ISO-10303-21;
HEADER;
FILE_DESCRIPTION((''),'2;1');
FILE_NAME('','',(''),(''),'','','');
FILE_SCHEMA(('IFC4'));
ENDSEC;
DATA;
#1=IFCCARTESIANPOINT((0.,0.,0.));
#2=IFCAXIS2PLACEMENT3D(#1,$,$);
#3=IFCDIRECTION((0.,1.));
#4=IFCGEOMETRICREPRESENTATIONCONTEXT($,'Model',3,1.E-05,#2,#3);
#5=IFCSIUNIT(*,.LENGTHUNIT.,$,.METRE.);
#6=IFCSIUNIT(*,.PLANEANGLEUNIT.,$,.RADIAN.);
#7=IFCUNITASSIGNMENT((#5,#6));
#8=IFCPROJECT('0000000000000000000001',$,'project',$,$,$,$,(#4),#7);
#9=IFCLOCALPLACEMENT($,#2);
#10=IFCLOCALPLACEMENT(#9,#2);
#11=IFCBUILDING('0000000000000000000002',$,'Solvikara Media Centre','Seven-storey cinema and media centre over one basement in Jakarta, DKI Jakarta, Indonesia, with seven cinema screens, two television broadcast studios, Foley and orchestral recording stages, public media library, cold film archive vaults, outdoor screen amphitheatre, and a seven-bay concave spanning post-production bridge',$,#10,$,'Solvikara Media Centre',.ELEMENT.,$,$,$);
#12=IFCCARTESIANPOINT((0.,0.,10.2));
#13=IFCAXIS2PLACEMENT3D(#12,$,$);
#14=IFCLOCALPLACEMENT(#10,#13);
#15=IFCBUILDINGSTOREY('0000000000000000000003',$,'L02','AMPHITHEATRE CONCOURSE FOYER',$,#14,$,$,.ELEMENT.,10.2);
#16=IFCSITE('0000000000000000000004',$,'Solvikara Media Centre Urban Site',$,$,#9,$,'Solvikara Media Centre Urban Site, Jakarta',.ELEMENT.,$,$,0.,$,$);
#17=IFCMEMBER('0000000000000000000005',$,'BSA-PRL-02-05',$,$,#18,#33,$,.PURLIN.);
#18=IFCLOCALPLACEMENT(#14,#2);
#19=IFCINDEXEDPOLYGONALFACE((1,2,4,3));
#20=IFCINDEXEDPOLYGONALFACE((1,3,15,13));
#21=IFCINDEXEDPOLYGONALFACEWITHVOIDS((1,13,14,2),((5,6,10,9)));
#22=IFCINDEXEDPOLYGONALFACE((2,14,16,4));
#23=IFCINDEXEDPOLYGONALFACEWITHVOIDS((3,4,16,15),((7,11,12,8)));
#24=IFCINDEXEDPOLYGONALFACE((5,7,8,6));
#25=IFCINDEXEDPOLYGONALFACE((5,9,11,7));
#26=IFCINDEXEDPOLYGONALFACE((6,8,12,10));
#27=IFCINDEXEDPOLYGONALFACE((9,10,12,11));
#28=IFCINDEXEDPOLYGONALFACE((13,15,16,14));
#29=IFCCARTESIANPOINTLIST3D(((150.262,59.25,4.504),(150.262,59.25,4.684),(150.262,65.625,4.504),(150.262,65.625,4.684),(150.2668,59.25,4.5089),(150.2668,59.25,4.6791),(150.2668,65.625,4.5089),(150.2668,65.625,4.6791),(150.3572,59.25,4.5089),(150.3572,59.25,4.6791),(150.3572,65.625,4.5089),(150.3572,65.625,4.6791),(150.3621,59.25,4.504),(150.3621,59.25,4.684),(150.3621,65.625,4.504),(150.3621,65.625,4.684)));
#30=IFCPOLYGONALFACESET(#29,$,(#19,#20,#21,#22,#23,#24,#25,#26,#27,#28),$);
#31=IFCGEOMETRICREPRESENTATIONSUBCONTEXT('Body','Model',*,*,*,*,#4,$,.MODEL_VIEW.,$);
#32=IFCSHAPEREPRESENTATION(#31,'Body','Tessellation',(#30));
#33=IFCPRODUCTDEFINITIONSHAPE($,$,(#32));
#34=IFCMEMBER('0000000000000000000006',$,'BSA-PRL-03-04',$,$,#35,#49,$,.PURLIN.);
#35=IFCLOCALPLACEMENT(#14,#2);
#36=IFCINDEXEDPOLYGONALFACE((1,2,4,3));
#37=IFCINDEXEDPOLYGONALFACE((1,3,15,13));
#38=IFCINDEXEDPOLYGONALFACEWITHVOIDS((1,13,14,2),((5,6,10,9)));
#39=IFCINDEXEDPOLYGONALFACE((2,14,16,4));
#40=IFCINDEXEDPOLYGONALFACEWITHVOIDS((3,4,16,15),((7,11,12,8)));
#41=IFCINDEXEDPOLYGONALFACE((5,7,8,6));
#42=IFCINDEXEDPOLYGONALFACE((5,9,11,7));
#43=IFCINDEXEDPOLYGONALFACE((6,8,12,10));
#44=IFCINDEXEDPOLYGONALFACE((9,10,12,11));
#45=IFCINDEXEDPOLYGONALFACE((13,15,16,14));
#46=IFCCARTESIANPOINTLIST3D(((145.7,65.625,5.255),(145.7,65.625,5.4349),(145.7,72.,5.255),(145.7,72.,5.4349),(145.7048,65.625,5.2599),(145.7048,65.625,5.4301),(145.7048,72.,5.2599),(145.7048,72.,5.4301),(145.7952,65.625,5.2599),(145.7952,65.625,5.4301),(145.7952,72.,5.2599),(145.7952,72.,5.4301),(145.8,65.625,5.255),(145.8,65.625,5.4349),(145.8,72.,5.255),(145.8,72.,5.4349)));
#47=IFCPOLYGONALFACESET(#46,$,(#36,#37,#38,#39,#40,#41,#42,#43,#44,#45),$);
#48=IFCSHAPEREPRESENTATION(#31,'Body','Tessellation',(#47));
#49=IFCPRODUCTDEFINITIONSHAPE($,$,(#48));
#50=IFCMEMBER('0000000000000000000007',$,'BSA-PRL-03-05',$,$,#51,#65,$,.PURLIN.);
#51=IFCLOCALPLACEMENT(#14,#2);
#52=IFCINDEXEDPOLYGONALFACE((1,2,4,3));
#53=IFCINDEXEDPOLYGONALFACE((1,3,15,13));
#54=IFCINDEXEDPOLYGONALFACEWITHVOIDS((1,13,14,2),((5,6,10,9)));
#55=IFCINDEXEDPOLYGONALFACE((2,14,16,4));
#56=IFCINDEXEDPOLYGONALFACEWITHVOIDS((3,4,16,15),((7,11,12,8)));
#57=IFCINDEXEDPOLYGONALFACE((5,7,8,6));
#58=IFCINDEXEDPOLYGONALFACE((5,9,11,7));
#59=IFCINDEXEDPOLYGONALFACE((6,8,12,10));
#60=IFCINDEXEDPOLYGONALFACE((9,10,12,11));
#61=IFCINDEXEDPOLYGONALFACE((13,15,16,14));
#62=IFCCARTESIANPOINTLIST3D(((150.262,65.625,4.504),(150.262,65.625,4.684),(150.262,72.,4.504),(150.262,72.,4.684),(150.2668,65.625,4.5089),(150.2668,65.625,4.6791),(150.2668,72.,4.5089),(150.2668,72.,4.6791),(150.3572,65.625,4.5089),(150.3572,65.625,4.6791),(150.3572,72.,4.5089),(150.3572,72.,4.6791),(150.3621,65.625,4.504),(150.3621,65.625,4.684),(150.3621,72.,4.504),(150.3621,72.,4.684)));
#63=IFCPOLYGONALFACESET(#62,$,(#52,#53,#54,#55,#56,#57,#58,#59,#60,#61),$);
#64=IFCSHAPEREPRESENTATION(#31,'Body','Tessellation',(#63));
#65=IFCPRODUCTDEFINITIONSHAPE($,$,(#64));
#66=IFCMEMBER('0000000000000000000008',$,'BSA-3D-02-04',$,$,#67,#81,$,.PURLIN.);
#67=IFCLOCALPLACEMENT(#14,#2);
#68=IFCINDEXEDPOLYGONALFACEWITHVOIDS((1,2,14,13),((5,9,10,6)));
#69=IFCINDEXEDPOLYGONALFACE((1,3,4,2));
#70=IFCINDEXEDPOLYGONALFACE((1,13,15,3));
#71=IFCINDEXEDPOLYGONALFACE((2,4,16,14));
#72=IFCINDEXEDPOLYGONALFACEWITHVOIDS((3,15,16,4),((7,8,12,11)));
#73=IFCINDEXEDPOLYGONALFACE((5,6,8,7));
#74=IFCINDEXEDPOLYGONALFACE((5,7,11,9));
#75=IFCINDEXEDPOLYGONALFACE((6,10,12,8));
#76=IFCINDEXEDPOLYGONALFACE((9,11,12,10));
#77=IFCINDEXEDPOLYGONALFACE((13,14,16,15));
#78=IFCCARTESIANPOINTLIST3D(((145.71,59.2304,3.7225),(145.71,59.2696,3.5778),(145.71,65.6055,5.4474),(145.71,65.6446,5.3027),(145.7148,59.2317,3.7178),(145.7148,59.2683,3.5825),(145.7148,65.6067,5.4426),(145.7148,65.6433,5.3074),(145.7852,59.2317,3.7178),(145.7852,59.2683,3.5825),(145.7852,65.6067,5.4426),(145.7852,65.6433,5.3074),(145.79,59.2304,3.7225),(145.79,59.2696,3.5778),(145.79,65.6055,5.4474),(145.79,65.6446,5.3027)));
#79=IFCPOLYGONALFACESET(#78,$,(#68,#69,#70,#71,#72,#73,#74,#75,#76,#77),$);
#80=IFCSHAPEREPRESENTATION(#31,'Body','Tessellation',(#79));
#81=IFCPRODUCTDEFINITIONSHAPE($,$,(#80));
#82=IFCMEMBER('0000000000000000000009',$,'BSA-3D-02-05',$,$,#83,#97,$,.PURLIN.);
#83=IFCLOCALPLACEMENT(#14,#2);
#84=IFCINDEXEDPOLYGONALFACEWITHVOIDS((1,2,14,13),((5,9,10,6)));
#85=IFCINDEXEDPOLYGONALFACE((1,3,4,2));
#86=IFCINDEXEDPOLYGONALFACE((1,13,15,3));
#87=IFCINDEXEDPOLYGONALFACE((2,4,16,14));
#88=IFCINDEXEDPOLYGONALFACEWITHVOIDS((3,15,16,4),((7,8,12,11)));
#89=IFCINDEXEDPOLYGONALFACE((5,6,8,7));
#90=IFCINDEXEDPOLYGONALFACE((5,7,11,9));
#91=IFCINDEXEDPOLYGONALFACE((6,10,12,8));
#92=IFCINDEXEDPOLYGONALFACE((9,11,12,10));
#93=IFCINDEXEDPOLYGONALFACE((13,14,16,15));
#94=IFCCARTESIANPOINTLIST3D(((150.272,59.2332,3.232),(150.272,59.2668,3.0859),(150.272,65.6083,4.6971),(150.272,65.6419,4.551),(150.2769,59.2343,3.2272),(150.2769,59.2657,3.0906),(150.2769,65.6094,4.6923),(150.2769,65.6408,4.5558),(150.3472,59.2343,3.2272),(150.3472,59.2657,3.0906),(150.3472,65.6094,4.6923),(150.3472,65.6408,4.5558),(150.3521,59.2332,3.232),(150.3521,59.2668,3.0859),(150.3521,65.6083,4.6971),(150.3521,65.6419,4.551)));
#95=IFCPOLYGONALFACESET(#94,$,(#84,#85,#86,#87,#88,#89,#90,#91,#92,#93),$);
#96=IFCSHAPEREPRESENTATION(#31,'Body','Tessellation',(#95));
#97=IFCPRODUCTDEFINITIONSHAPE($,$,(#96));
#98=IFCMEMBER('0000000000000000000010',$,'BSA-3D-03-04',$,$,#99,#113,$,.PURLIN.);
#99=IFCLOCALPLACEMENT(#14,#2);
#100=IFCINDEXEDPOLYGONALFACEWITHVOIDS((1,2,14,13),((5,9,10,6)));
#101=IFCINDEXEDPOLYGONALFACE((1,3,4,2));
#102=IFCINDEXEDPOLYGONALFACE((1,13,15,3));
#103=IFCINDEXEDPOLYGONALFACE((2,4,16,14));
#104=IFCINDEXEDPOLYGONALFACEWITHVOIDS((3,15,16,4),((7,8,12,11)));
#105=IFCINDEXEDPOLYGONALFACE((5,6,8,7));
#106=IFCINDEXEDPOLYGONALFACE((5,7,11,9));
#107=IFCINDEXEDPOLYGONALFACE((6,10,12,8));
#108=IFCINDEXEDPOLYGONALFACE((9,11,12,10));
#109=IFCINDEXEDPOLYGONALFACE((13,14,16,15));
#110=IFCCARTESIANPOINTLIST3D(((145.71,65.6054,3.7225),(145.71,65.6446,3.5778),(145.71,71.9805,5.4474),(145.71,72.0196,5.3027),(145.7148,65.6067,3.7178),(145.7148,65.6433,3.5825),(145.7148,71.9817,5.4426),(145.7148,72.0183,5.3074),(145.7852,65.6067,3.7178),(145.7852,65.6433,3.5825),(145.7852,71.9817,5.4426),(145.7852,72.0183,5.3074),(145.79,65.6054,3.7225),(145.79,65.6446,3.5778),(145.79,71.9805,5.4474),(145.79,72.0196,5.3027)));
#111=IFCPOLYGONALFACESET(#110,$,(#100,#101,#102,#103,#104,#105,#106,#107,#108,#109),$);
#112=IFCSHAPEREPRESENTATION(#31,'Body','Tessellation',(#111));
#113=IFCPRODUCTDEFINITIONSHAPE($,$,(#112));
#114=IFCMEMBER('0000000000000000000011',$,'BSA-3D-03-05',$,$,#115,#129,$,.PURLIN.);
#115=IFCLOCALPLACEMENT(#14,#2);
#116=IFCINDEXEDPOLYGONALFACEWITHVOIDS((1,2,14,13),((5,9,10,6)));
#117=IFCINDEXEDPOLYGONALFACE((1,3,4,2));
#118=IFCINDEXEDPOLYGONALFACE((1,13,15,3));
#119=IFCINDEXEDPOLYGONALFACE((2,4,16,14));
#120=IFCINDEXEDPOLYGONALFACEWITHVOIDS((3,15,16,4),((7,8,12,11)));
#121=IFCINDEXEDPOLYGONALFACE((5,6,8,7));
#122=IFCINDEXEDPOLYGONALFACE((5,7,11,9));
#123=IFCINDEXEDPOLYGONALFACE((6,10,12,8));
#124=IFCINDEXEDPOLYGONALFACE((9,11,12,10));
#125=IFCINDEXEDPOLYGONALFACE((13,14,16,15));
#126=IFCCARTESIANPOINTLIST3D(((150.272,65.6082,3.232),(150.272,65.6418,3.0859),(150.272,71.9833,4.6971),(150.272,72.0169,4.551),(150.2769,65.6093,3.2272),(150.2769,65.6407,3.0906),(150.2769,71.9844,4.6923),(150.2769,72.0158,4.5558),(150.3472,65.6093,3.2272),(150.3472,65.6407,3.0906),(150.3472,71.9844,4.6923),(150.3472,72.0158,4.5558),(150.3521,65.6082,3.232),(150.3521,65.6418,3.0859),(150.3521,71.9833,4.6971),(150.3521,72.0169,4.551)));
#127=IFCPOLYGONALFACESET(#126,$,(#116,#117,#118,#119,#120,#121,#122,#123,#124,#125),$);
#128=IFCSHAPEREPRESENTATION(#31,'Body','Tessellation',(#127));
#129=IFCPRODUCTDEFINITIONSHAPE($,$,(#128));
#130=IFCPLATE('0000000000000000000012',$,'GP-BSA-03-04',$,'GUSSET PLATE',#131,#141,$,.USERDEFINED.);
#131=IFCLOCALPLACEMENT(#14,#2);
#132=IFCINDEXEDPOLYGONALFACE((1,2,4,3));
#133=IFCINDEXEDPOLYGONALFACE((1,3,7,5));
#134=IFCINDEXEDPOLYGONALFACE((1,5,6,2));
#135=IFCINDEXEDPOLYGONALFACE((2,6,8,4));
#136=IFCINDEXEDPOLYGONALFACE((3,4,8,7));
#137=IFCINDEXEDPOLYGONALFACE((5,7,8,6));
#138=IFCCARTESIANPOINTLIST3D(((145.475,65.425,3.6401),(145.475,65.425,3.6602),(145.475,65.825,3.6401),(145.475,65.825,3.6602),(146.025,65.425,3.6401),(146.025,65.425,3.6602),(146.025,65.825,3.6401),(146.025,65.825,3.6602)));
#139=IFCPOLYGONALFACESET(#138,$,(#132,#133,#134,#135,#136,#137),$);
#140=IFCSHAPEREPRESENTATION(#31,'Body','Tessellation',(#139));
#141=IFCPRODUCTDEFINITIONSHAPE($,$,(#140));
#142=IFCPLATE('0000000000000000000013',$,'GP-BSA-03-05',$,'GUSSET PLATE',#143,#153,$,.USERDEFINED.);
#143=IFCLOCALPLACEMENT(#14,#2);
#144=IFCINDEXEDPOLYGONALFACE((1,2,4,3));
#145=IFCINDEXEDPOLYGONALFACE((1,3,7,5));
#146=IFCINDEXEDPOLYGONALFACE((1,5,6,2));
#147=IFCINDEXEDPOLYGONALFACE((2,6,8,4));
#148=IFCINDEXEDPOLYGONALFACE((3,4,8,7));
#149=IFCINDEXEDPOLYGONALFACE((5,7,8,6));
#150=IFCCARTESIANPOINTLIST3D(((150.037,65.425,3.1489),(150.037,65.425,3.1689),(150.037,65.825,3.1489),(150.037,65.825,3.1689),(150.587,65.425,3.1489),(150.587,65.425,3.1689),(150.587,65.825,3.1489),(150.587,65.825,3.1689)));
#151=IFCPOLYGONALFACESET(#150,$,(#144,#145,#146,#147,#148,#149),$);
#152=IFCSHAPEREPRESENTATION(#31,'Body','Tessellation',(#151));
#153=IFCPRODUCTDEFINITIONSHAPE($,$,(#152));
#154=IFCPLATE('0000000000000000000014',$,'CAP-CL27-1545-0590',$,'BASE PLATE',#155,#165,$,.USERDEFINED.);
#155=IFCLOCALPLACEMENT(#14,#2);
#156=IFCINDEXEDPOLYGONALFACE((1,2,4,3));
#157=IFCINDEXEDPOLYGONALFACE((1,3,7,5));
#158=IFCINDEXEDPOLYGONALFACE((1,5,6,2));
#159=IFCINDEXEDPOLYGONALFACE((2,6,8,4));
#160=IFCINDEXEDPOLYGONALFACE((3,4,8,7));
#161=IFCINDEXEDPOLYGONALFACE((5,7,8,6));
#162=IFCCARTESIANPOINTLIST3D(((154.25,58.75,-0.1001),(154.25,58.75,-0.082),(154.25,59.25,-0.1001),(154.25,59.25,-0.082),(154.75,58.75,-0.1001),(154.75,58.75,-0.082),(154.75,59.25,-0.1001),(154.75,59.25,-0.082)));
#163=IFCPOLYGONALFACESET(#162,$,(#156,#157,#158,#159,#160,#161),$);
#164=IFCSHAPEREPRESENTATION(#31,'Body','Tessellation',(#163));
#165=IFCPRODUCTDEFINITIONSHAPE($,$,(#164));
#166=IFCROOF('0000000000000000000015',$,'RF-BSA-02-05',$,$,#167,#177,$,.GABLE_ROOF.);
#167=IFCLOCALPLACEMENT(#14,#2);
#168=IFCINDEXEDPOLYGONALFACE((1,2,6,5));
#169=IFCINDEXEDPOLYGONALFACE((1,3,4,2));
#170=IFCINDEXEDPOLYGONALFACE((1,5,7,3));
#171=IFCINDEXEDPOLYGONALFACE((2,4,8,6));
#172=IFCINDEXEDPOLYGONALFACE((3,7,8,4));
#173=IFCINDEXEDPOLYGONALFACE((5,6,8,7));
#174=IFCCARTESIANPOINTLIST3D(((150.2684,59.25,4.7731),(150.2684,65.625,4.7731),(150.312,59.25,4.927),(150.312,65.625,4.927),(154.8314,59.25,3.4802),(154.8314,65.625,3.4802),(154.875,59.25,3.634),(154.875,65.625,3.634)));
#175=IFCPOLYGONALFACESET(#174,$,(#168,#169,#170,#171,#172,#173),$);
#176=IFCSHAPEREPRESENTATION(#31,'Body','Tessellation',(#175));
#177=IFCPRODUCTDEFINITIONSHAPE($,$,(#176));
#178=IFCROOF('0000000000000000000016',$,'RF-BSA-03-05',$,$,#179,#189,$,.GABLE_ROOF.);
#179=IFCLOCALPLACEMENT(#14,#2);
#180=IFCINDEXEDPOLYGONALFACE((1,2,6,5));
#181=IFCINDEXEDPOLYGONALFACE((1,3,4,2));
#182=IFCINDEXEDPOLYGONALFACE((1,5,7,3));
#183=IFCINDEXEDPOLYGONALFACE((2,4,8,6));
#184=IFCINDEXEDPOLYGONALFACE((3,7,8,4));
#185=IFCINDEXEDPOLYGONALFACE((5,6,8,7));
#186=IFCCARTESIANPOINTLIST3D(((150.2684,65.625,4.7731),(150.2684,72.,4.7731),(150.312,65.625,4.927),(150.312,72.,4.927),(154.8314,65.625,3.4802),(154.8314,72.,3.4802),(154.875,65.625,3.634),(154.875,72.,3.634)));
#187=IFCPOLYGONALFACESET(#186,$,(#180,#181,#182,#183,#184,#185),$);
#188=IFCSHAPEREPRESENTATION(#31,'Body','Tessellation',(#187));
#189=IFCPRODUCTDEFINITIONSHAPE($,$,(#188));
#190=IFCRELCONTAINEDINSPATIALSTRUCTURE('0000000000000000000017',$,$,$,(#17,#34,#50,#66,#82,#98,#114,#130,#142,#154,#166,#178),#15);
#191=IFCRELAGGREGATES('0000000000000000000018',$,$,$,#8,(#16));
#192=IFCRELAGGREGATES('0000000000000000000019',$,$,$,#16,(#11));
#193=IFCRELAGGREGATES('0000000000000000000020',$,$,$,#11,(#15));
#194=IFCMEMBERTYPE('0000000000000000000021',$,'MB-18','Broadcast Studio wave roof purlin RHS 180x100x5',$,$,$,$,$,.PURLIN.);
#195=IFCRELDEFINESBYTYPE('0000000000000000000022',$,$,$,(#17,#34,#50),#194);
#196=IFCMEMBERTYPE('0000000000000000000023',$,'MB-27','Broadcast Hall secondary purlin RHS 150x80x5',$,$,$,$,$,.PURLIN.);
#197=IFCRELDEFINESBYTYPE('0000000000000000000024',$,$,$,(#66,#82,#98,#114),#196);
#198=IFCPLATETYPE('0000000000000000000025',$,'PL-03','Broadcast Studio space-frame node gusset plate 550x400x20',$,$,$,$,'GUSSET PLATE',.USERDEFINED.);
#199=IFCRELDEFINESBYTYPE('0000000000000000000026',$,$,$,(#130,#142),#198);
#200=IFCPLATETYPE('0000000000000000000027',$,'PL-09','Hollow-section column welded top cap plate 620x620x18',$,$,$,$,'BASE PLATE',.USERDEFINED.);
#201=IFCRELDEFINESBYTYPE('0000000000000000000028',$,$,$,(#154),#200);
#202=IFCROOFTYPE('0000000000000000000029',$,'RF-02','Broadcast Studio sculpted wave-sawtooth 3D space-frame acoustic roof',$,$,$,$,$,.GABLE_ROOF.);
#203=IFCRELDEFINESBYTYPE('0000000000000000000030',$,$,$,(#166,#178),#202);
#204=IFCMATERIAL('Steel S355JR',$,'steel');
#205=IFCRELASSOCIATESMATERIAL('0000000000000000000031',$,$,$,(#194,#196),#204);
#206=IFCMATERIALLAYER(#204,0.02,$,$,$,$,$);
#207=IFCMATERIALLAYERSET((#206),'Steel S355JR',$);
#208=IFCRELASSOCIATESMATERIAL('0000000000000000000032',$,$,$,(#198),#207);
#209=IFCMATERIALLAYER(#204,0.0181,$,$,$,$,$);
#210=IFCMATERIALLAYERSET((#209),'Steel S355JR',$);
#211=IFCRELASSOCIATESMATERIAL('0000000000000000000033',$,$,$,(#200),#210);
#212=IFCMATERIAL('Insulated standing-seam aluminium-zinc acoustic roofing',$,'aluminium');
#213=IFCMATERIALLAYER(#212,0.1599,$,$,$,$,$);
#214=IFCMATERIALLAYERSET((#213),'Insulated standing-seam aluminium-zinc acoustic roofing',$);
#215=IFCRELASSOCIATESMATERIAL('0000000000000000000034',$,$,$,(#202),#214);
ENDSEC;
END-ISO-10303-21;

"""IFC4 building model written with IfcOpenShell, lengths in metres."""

from ifc_helpers import new_model, si_unit, direction, frame, origin, origin_2d, place, context, subcontext, project, spatial, polyline, rectangle, hollow_rectangle, outline, extrude, material, layer, layer_set, material_profile, profile_set, type_object, element, save


model = new_model("IFC4")

# Units and contexts
model_context = context("Model", 3, precision=1e-05, world=origin(), true_north=direction((0.0, 1.0)))
body_context = subcontext(model_context, "Body", "Model", "MODEL_VIEW")
ifc_project = project(units=[si_unit("LENGTHUNIT", "METRE"), si_unit("PLANEANGLEUNIT", "RADIAN")], contexts=[model_context])

# Site, building, storey
site_placement = place(None, origin())
site = spatial("IfcSite", under=ifc_project, at=site_placement, Name="Solvikara Media Centre Urban Site", LongName="Solvikara Media Centre Urban Site, Jakarta", CompositionType="ELEMENT", RefElevation=0.0)
building_placement = place(site_placement, origin())
building = spatial("IfcBuilding", under=site, at=building_placement, Name="Solvikara Media Centre", Description="Seven-storey cinema and media centre over one basement in Jakarta, DKI Jakarta, Indonesia, with seven cinema screens, two television broadcast studios, Foley and orchestral recording stages, public media library, cold film archive vaults, outdoor screen amphitheatre, and a seven-bay concave spanning post-production bridge", LongName="Solvikara Media Centre", CompositionType="ELEMENT")
storey_placement = place(building_placement, frame((0.0, 0.0, 10.2)))
storey = spatial("IfcBuildingStorey", under=building, at=storey_placement, Name="L02", Description="AMPHITHEATRE CONCOURSE FOYER", CompositionType="ELEMENT", Elevation=10.2)

# Members
ifc_material_1 = material(Name="Steel S355JR", Category="steel")
ifc_material_profile_1 = material_profile(ifc_material_1, hollow_rectangle(XDim=0.1001, YDim=0.1799, WallThickness=0.0049, at=origin_2d()), Name="RHS 180x100x5")
ifc_profile_set_1 = profile_set([ifc_material_profile_1], Name="Steel S355JR")
member_type_1 = type_object("IfcMemberType", Name="MB-18", Description="Broadcast Studio wave roof purlin RHS 180x100x5", PredefinedType="PURLIN", material=ifc_profile_set_1)
for number, where, z_axis, x_axis, name in (
    (1, (150.312, 59.25, 4.594), (0.0, 1.0, 0.0), (-1.0, 0.0, 0.0), "BSA-PRL-02-05"),
    (2, (145.75, 65.625, 5.345), (0.0, 1.0, 0.0), (-1.0, 0.0, 0.0), "BSA-PRL-03-04"),
    (3, (150.312, 65.625, 4.594), (0.0, 1.0, 0.0), (-1.0, 0.0, 0.0), "BSA-PRL-03-05"),
):
    element("IfcMember", number, at=place(storey_placement, frame(where, z_axis=z_axis, x_axis=x_axis)), inside=storey, type_object=member_type_1, Name=name, PredefinedType="PURLIN", context=body_context, shape_type="SweptSolid", body=[
        extrude(hollow_rectangle(XDim=0.1001, YDim=0.1799, WallThickness=0.0049, at=origin_2d()), origin(), (0.0, 0.0, 1.0), 6.375),
    ])
ifc_material_profile_2 = material_profile(ifc_material_1, hollow_rectangle(XDim=0.0801, YDim=0.1499, WallThickness=0.0049, at=origin_2d()), Name="RHS 150x80x5")
ifc_profile_set_2 = profile_set([ifc_material_profile_2], Name="Steel S355JR")
member_type_2 = type_object("IfcMemberType", Name="MB-27", Description="Broadcast Hall secondary purlin RHS 150x80x5", PredefinedType="PURLIN", material=ifc_profile_set_2)
member_1_placement = place(storey_placement, frame((145.75, 59.25, 3.6501), z_axis=(0.0, 0.965292, 0.261174), x_axis=(-1.0, 0.0, 0.0)))
element("IfcMember", 4, at=member_1_placement, inside=storey, type_object=member_type_2, Name="BSA-3D-02-04", PredefinedType="PURLIN", context=body_context, shape_type="SweptSolid", body=[
    extrude(hollow_rectangle(XDim=0.0801, YDim=0.1499, WallThickness=0.0049, at=origin_2d()), origin(), (0.0, 0.0, 1.0), 6.6042),
])
member_2_placement = place(storey_placement, frame((150.312, 59.25, 3.1589), z_axis=(0.0, 0.974594, 0.223979), x_axis=(-1.0, 0.0, 0.0)))
element("IfcMember", 5, at=member_2_placement, inside=storey, type_object=member_type_2, Name="BSA-3D-02-05", PredefinedType="PURLIN", context=body_context, shape_type="SweptSolid", body=[
    extrude(hollow_rectangle(XDim=0.0801, YDim=0.1499, WallThickness=0.0049, at=origin_2d()), origin(), (0.0, 0.0, 1.0), 6.5413),
])
member_3_placement = place(storey_placement, frame((145.75, 65.625, 3.6501), z_axis=(0.0, 0.965292, 0.261174), x_axis=(-1.0, 0.0, 0.0)))
element("IfcMember", 6, at=member_3_placement, inside=storey, type_object=member_type_2, Name="BSA-3D-03-04", PredefinedType="PURLIN", context=body_context, shape_type="SweptSolid", body=[
    extrude(hollow_rectangle(XDim=0.0801, YDim=0.1499, WallThickness=0.0049, at=origin_2d()), origin(), (0.0, 0.0, 1.0), 6.6042),
])
member_4_placement = place(storey_placement, frame((150.312, 65.625, 3.1589), z_axis=(0.0, 0.974594, 0.223979), x_axis=(-1.0, 0.0, 0.0)))
element("IfcMember", 7, at=member_4_placement, inside=storey, type_object=member_type_2, Name="BSA-3D-03-05", PredefinedType="PURLIN", context=body_context, shape_type="SweptSolid", body=[
    extrude(hollow_rectangle(XDim=0.0801, YDim=0.1499, WallThickness=0.0049, at=origin_2d()), origin(), (0.0, 0.0, 1.0), 6.5413),
])

# Plates
ifc_layer_1 = layer(ifc_material_1, 0.02)
ifc_layer_set_1 = layer_set([ifc_layer_1], Name="Steel S355JR")
plate_type_1 = type_object("IfcPlateType", Name="PL-03", Description="Broadcast Studio space-frame node gusset plate 550x400x20", ElementType="GUSSET PLATE", PredefinedType="USERDEFINED", material=ifc_layer_set_1)
for number, where, z_axis, x_axis, name in (
    (8, (145.75, 65.625, 3.6401), (0.0, 0.0, 1.0), (1.0, 0.0, 0.0), "GP-BSA-03-04"),
    (9, (150.312, 65.625, 3.1489), (0.0, 0.0, 1.0), (1.0, 0.0, 0.0), "GP-BSA-03-05"),
):
    element("IfcPlate", number, at=place(storey_placement, frame(where, z_axis=z_axis, x_axis=x_axis)), inside=storey, type_object=plate_type_1, Name=name, ObjectType="GUSSET PLATE", PredefinedType="USERDEFINED", context=body_context, shape_type="SweptSolid", body=[
        extrude(rectangle(XDim=0.55, YDim=0.3999, at=origin_2d()), origin(), (0.0, 0.0, 1.0), 0.02),
    ])
ifc_layer_2 = layer(ifc_material_1, 0.0181)
ifc_layer_set_2 = layer_set([ifc_layer_2], Name="Steel S355JR")
plate_type_2 = type_object("IfcPlateType", Name="PL-09", Description="Hollow-section column welded top cap plate 620x620x18", ElementType="BASE PLATE", PredefinedType="USERDEFINED", material=ifc_layer_set_2)
plate_placement = place(storey_placement, frame((154.5, 59.0, -0.1001), z_axis=(0.0, 0.0, 1.0), x_axis=(1.0, 0.0, 0.0)))
element("IfcPlate", 10, at=plate_placement, inside=storey, type_object=plate_type_2, Name="CAP-CL27-1545-0590", ObjectType="BASE PLATE", PredefinedType="USERDEFINED", context=body_context, shape_type="SweptSolid", body=[
    extrude(rectangle(XDim=0.5, YDim=0.5, at=origin_2d()), origin(), (0.0, 0.0, 1.0), 0.0181),
])

# Roofs
ifc_material_2 = material(Name="Insulated standing-seam aluminium-zinc acoustic roofing", Category="aluminium")
ifc_layer_3 = layer(ifc_material_2, 0.1599)
ifc_layer_set_3 = layer_set([ifc_layer_3], Name="Insulated standing-seam aluminium-zinc acoustic roofing")
roof_type = type_object("IfcRoofType", Name="RF-02", Description="Broadcast Studio sculpted wave-sawtooth 3D space-frame acoustic roof", PredefinedType="GABLE_ROOF", material=ifc_layer_set_3)
for number, where, z_axis, x_axis, name in (
    (11, (150.312, 59.25, 4.927), (0.272626, 0.0, 0.96212), (0.96212, 0.0, -0.272626), "RF-BSA-02-05"),
    (12, (150.312, 65.625, 4.927), (0.272626, 0.0, 0.96212), (0.96212, 0.0, -0.272626), "RF-BSA-03-05"),
):
    element("IfcRoof", number, at=place(storey_placement, frame(where, z_axis=z_axis, x_axis=x_axis)), inside=storey, type_object=roof_type, Name=name, PredefinedType="GABLE_ROOF", context=body_context, shape_type="SweptSolid", body=[
        extrude(outline(polyline([(0.0, 0.0), (4.7426, 0.0), (4.7426, 6.375), (0.0, 6.375), (0.0, 0.0)])), origin(), (0.0, 0.0, -1.0), 0.1599),
    ])

save(model, "model.ifc")
